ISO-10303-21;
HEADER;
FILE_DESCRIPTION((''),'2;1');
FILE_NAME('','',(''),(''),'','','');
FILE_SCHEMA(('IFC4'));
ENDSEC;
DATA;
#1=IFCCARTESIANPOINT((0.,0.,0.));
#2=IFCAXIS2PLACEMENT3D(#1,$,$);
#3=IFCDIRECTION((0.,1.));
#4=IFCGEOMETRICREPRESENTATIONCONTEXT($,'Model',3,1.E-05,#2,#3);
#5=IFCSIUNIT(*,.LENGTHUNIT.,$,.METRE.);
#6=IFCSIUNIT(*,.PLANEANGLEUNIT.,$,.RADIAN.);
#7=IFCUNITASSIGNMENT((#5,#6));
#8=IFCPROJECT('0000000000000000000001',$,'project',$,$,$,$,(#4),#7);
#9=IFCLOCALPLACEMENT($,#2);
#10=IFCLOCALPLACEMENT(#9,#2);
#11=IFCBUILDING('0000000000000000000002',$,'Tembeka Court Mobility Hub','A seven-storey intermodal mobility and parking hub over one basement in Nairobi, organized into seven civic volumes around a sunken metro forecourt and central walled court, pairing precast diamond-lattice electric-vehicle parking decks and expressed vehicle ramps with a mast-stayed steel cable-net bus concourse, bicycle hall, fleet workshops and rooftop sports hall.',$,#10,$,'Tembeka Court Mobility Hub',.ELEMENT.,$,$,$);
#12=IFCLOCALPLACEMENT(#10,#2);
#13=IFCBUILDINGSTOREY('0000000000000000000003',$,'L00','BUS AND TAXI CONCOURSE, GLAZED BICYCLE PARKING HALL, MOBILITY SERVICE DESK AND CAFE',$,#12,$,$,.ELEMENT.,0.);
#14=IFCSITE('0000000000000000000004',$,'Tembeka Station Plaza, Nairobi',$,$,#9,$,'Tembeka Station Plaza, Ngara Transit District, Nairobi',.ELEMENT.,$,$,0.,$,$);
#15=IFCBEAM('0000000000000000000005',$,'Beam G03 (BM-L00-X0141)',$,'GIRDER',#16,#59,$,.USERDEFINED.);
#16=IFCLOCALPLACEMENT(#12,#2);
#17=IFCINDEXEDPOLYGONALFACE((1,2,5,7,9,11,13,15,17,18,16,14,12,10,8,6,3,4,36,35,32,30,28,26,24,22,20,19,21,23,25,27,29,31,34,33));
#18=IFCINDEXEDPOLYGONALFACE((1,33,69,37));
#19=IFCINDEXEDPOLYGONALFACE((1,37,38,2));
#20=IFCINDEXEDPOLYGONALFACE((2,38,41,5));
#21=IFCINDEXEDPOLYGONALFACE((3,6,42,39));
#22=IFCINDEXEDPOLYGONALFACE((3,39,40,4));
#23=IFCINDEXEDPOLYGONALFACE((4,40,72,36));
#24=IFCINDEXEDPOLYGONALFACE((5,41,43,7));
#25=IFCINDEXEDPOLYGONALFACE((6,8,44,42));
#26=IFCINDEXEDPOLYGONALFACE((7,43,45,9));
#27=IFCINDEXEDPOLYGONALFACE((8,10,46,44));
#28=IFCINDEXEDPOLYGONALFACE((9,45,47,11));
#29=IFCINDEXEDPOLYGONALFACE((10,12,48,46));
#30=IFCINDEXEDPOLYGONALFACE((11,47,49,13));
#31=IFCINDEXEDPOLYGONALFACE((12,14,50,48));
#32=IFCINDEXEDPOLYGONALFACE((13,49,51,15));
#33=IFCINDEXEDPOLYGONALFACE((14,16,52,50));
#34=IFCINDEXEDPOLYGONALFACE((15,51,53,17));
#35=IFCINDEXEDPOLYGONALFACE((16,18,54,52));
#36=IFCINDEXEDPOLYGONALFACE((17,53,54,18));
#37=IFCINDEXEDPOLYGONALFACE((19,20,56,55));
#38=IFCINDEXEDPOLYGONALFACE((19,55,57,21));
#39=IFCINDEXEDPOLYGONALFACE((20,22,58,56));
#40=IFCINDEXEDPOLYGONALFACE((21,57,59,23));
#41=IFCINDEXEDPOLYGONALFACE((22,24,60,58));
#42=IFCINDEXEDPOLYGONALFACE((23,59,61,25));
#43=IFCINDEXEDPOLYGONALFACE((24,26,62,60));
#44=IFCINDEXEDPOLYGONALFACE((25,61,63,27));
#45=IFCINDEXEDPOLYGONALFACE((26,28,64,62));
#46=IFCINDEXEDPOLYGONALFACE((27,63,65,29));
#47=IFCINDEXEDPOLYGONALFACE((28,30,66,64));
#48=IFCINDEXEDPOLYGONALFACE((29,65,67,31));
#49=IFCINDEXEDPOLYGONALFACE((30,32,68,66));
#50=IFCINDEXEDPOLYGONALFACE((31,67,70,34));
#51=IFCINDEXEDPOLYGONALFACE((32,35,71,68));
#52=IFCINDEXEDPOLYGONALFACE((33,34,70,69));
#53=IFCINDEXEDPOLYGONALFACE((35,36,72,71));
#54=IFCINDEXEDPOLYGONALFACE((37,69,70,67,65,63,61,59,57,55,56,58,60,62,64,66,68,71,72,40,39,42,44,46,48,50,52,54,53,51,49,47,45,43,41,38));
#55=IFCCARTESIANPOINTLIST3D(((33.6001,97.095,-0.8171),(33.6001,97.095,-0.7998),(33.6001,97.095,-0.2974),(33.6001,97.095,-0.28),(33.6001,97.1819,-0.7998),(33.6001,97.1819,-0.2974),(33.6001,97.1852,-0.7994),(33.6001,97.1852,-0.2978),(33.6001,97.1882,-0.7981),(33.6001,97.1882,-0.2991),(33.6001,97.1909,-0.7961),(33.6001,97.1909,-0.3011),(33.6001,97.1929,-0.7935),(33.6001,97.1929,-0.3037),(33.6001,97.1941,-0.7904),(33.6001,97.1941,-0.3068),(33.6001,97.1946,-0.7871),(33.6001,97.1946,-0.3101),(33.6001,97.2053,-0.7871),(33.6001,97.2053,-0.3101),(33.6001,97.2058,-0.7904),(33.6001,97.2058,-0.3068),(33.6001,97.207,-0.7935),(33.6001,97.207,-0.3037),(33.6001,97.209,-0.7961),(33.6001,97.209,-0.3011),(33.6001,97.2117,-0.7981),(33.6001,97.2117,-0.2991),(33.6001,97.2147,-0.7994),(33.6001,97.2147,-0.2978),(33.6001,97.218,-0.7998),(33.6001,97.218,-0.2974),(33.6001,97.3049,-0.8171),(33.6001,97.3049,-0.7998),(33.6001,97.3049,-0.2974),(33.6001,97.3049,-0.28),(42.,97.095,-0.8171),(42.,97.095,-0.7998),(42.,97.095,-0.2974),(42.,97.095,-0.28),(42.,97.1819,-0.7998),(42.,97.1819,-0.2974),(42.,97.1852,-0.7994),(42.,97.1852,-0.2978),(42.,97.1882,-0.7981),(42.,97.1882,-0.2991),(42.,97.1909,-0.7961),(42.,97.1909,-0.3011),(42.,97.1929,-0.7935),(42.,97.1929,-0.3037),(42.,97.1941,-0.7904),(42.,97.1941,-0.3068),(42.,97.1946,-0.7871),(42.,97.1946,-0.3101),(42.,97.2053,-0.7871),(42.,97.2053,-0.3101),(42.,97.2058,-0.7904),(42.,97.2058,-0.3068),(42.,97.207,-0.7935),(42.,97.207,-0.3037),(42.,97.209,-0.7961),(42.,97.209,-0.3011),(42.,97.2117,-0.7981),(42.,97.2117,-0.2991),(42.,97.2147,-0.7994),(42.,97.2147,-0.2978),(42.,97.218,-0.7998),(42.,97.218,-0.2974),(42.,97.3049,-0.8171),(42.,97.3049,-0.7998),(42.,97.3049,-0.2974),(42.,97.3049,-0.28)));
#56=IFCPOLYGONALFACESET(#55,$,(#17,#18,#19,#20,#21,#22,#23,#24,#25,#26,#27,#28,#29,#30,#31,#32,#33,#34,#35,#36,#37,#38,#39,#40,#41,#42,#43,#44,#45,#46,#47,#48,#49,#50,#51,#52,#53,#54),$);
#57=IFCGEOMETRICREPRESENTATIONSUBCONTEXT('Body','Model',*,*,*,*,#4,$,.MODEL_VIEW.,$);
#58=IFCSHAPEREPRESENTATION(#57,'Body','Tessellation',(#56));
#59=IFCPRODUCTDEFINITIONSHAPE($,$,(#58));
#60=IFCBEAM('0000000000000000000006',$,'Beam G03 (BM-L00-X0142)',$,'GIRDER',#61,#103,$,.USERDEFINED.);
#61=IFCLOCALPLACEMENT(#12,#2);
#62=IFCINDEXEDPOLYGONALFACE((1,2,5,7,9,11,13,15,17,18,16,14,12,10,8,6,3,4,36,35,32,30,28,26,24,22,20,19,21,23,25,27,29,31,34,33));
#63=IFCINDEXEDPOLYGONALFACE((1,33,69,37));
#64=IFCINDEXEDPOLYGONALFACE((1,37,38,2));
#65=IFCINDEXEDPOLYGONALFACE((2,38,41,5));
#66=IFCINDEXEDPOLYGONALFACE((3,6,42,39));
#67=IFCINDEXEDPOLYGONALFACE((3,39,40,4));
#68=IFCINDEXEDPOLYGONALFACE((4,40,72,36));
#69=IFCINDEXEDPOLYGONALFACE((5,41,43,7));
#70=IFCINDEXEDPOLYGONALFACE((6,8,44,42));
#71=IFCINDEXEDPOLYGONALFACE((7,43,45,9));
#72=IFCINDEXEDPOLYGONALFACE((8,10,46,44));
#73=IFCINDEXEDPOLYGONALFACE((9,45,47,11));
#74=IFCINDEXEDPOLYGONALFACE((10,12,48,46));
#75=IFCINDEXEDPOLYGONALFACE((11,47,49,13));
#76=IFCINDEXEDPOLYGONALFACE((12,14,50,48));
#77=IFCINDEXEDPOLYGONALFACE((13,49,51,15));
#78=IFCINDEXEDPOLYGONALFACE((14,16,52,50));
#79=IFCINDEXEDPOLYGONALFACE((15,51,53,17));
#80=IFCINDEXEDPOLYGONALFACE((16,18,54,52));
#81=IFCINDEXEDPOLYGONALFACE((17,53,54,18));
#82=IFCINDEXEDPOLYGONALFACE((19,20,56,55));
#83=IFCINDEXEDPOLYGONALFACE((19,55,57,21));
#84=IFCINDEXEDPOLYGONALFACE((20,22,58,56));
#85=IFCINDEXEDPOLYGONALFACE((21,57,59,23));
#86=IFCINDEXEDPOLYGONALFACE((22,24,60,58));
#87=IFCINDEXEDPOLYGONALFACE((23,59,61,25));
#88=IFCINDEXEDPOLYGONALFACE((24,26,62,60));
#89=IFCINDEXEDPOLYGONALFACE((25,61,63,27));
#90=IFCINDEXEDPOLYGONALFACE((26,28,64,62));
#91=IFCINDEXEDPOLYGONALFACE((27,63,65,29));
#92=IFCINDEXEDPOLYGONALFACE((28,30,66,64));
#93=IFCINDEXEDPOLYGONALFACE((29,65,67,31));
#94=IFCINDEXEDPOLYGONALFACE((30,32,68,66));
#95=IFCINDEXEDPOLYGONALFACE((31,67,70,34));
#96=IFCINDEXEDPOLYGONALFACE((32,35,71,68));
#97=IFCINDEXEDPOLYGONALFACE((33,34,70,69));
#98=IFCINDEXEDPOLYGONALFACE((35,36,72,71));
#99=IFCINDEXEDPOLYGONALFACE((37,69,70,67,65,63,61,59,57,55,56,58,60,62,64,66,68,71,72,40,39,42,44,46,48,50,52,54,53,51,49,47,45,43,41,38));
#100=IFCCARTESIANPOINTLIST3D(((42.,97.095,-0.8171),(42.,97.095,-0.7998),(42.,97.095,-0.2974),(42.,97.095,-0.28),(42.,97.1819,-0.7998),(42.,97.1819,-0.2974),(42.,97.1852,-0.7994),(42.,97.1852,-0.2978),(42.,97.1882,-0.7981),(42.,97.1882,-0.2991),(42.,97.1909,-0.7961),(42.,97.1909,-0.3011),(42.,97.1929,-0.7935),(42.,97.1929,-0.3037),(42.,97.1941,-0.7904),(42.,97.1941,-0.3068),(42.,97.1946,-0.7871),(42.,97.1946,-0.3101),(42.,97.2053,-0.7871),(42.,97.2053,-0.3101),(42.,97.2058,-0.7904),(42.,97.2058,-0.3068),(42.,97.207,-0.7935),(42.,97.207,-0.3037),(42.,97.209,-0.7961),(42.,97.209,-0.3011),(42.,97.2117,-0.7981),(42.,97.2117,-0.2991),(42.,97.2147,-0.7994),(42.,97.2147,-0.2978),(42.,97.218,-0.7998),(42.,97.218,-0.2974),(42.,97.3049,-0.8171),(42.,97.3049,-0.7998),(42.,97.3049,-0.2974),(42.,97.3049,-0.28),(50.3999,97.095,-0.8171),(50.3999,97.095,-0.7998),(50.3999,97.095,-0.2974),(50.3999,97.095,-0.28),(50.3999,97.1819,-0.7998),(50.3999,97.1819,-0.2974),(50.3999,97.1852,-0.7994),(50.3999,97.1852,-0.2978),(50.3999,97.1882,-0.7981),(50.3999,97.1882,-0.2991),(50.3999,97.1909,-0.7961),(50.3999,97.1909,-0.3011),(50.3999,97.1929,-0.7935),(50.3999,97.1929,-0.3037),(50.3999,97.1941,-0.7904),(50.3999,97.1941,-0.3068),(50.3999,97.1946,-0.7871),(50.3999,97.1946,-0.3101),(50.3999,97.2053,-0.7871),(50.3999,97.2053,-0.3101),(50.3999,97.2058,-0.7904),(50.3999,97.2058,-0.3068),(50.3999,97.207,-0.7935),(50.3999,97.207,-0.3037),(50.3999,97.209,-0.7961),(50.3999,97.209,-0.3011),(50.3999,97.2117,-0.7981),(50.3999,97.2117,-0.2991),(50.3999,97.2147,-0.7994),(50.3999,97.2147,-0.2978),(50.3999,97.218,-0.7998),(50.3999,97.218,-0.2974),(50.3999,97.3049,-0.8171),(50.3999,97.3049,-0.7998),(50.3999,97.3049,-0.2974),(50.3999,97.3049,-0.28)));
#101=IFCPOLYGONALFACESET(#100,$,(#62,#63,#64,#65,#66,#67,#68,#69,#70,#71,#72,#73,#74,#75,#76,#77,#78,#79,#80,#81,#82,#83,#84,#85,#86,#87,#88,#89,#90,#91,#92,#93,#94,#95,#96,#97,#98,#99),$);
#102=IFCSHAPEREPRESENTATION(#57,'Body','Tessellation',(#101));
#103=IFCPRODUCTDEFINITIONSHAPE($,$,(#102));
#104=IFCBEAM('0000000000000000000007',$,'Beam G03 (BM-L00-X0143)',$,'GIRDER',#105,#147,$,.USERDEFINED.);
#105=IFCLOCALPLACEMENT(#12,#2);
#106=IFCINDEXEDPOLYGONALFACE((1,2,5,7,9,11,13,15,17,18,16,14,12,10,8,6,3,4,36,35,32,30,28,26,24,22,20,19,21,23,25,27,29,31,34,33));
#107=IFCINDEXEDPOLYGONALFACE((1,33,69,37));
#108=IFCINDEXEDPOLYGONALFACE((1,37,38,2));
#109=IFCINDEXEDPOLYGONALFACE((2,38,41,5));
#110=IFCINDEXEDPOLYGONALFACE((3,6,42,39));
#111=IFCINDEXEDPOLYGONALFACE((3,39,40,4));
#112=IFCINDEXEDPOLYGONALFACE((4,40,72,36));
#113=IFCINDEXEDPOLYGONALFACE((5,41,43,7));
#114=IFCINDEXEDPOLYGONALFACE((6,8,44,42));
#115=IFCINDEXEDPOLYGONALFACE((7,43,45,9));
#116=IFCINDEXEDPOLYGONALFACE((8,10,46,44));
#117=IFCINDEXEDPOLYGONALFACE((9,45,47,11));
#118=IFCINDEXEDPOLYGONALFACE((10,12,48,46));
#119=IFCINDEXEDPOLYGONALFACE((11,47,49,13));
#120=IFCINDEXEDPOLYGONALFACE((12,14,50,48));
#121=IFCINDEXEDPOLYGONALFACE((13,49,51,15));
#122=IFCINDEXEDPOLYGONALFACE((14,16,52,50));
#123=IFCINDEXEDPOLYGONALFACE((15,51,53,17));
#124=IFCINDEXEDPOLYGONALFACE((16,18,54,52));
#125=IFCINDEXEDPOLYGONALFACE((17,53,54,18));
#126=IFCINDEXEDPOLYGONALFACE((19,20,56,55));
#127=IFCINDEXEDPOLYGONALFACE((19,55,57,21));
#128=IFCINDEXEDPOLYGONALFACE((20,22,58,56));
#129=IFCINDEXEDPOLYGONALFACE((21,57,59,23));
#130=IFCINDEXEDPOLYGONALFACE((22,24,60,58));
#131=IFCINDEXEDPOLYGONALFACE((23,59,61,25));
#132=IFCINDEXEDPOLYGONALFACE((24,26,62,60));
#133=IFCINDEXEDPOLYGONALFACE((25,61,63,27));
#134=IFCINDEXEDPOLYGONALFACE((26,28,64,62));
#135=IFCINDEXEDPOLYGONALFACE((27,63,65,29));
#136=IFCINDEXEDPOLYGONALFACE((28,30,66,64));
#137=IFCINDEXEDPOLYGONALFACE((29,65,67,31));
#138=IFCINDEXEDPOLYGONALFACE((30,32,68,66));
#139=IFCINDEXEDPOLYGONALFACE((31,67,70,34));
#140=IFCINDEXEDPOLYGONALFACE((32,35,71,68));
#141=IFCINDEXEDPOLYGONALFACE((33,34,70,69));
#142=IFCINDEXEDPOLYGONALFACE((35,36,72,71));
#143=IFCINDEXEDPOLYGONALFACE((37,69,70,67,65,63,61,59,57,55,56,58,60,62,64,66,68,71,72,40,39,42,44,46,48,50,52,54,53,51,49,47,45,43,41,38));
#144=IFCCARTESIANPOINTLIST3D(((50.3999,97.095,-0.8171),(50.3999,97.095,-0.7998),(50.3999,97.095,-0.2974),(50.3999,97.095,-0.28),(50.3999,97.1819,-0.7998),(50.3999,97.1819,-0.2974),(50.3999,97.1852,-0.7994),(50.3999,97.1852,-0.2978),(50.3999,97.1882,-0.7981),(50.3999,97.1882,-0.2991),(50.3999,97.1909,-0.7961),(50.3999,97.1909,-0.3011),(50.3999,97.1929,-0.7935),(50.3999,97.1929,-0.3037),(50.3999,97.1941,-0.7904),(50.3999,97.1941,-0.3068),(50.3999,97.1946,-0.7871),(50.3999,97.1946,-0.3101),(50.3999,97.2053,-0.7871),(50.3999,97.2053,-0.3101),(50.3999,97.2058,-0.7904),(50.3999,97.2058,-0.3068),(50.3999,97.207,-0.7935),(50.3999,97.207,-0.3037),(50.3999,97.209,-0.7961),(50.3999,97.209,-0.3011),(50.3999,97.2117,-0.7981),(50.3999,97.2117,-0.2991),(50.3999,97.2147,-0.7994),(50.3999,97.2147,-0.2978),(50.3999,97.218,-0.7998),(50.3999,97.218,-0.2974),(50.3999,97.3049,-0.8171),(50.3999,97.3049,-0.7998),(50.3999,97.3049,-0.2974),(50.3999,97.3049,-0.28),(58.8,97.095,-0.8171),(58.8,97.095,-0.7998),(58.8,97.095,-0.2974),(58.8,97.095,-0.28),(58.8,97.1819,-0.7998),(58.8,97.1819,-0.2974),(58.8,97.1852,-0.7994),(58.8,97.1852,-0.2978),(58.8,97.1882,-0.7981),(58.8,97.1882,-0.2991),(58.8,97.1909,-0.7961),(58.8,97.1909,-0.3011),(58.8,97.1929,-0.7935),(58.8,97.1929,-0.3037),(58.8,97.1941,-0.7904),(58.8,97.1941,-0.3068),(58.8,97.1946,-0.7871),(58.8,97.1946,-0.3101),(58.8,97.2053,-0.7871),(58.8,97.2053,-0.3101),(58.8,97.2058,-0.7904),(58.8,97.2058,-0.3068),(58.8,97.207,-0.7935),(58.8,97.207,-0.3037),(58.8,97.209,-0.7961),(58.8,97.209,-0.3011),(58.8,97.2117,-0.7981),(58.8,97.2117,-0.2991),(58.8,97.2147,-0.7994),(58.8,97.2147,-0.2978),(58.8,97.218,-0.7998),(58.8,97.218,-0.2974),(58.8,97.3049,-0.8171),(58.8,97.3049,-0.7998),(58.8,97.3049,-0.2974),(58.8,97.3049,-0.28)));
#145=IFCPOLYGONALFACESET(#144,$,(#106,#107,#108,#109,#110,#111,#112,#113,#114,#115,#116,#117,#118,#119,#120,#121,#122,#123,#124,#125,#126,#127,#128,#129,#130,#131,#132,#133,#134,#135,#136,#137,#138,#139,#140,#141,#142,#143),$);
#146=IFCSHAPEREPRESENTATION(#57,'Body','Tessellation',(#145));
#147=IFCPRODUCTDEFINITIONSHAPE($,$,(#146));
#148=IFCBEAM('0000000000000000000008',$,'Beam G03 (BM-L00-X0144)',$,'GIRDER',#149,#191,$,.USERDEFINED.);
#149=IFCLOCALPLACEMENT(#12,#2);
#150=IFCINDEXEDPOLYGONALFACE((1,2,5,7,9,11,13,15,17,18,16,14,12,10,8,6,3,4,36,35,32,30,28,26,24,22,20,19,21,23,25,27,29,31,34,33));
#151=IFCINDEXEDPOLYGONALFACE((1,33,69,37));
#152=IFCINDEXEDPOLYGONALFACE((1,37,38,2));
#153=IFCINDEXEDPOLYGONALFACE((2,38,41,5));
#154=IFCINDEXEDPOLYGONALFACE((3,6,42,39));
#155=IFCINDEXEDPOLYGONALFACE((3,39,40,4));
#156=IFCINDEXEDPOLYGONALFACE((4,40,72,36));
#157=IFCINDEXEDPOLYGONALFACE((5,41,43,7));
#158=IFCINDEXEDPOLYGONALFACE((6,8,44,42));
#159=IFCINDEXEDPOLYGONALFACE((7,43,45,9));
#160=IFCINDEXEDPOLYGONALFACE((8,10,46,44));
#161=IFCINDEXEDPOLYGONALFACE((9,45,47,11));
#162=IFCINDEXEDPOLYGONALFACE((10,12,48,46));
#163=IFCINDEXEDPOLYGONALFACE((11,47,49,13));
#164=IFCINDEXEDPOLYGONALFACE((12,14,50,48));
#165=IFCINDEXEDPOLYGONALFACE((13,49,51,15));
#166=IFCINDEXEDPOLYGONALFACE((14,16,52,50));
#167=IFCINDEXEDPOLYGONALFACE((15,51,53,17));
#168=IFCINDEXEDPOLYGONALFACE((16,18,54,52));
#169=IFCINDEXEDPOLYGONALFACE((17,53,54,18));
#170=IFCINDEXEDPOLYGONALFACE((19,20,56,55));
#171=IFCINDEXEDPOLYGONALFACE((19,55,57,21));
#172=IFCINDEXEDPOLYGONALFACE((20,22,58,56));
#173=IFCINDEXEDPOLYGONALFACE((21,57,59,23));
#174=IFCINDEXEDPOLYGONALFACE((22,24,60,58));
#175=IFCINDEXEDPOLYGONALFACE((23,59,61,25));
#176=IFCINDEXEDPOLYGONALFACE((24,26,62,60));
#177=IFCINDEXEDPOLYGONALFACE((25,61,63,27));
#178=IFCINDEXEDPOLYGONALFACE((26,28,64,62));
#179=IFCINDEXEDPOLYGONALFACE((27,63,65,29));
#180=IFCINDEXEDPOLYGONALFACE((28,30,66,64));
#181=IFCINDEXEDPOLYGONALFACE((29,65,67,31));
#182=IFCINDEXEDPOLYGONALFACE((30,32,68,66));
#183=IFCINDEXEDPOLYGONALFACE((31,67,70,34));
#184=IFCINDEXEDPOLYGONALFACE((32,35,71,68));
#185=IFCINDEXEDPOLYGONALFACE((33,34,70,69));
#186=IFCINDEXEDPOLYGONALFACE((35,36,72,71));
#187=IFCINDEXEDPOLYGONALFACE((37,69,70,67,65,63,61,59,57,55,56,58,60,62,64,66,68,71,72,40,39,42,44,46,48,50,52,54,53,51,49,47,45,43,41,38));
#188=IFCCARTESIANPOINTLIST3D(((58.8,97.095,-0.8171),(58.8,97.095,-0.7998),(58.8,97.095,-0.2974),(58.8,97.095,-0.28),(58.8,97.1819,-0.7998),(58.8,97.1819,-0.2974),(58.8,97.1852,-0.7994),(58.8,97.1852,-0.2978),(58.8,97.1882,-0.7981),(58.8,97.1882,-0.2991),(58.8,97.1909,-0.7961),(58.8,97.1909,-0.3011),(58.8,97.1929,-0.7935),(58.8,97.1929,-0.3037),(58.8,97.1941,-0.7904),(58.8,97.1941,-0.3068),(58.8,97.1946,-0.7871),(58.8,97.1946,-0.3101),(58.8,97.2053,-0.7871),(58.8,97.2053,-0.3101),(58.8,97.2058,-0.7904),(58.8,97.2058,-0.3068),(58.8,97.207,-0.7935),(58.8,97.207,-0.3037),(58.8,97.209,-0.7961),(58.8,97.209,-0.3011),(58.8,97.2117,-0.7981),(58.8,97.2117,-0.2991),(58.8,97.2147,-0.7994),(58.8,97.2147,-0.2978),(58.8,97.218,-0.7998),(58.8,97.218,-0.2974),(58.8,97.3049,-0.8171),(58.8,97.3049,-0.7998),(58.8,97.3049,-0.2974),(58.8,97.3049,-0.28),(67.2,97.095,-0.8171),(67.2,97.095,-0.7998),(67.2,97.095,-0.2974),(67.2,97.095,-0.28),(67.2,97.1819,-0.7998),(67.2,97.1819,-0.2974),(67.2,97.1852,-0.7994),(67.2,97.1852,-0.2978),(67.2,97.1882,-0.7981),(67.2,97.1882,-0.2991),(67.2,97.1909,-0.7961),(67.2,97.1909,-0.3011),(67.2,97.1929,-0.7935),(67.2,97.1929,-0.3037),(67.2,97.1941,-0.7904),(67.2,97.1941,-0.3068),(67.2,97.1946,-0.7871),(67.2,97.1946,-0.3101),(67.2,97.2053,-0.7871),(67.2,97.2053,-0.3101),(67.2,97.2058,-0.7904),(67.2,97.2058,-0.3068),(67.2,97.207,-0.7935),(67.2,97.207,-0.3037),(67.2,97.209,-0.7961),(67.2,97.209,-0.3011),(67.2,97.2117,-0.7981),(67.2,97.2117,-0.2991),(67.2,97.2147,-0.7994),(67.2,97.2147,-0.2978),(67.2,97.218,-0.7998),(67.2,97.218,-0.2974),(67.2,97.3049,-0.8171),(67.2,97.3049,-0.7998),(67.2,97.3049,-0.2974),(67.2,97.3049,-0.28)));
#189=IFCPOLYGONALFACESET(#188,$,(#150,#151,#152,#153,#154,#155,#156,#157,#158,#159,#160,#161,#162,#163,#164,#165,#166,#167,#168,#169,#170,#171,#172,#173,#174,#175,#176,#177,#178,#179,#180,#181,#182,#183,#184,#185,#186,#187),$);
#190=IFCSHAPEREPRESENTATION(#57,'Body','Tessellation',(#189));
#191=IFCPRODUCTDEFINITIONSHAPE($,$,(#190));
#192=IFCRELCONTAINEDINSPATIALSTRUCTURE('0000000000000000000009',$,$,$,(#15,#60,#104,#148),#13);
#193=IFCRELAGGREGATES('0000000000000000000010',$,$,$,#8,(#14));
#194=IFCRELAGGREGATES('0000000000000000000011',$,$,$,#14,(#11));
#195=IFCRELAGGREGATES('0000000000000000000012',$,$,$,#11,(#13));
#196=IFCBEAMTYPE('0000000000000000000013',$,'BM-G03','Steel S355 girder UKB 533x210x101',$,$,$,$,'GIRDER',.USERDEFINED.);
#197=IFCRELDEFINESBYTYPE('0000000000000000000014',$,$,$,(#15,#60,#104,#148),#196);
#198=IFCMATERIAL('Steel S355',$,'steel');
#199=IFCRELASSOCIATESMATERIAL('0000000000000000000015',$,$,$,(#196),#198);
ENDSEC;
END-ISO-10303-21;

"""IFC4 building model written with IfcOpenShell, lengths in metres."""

from ifc_helpers import new_model, si_unit, direction, frame, origin, origin_2d, place, context, subcontext, project, spatial, i_section, extrude, material, material_profile, profile_set, type_object, element, save


model = new_model("IFC4")

# Units and contexts
model_context = context("Model", 3, precision=1e-05, world=origin(), true_north=direction((0.0, 1.0)))
body_context = subcontext(model_context, "Body", "Model", "MODEL_VIEW")
ifc_project = project(units=[si_unit("LENGTHUNIT", "METRE"), si_unit("PLANEANGLEUNIT", "RADIAN")], contexts=[model_context])

# Site, building, storey
site_placement = place(None, origin())
site = spatial("IfcSite", under=ifc_project, at=site_placement, Name="Tembeka Station Plaza, Nairobi", LongName="Tembeka Station Plaza, Ngara Transit District, Nairobi", CompositionType="ELEMENT", RefElevation=0.0)
building_placement = place(site_placement, origin())
building = spatial("IfcBuilding", under=site, at=building_placement, Name="Tembeka Court Mobility Hub", Description="A seven-storey intermodal mobility and parking hub over one basement in Nairobi, organized into seven civic volumes around a sunken metro forecourt and central walled court, pairing precast diamond-lattice electric-vehicle parking decks and expressed vehicle ramps with a mast-stayed steel cable-net bus concourse, bicycle hall, fleet workshops and rooftop sports hall.", LongName="Tembeka Court Mobility Hub", CompositionType="ELEMENT")
storey_placement = place(building_placement, origin())
storey = spatial("IfcBuildingStorey", under=building, at=storey_placement, Name="L00", Description="BUS AND TAXI CONCOURSE, GLAZED BICYCLE PARKING HALL, MOBILITY SERVICE DESK AND CAFE", CompositionType="ELEMENT", Elevation=0.0)

# Shared definitions
ifc_material_1 = material(Name="Steel S355", Category="steel")

# Beams
ifc_material_profile_1 = material_profile(ifc_material_1, i_section(OverallWidth=0.21, OverallDepth=0.5371, WebThickness=0.0107, FlangeThickness=0.0173, FilletRadius=0.0127, at=origin_2d()), Name="UKB 533x210x101")
ifc_profile_set_1 = profile_set([ifc_material_profile_1], Name="Steel S355")
beam_type_1 = type_object("IfcBeamType", Name="BM-G03", Description="Steel S355 girder UKB 533x210x101", ElementType="GIRDER", PredefinedType="USERDEFINED", material=ifc_profile_set_1)
for number, where, z_axis, x_axis, name in (
    (1, (33.6001, 97.2, -0.5486), (1.0, 0.0, 0.0), (0.0, 1.0, 0.0), "Beam G03 (BM-L00-X0141)"),
    (2, (42.0, 97.2, -0.5486), (1.0, 0.0, 0.0), (0.0, 1.0, 0.0), "Beam G03 (BM-L00-X0142)"),
):
    element("IfcBeam", number, at=place(storey_placement, frame(where, z_axis=z_axis, x_axis=x_axis)), inside=storey, type_object=beam_type_1, Name=name, ObjectType="GIRDER", PredefinedType="USERDEFINED", context=body_context, shape_type="SweptSolid", body=[
        extrude(i_section(OverallWidth=0.21, OverallDepth=0.5371, WebThickness=0.0107, FlangeThickness=0.0173, FilletRadius=0.0127, at=origin_2d()), origin(), (0.0, 0.0, 1.0), 8.3999),
    ])
beam_1_placement = place(storey_placement, frame((50.3999, 97.2, -0.5486), z_axis=(1.0, 0.0, 0.0), x_axis=(0.0, 1.0, 0.0)))
element("IfcBeam", 3, at=beam_1_placement, inside=storey, type_object=beam_type_1, Name="Beam G03 (BM-L00-X0143)", ObjectType="GIRDER", PredefinedType="USERDEFINED", context=body_context, shape_type="SweptSolid", body=[
    extrude(i_section(OverallWidth=0.21, OverallDepth=0.5371, WebThickness=0.0107, FlangeThickness=0.0173, FilletRadius=0.0127, at=origin_2d()), origin(), (0.0, 0.0, 1.0), 8.4001),
])
for number, where, z_axis, x_axis, name in (
    (4, (58.8, 97.2, -0.5486), (1.0, 0.0, 0.0), (0.0, 1.0, 0.0), "Beam G03 (BM-L00-X0144)"),
):
    element("IfcBeam", number, at=place(storey_placement, frame(where, z_axis=z_axis, x_axis=x_axis)), inside=storey, type_object=beam_type_1, Name=name, ObjectType="GIRDER", PredefinedType="USERDEFINED", context=body_context, shape_type="SweptSolid", body=[
        extrude(i_section(OverallWidth=0.21, OverallDepth=0.5371, WebThickness=0.0107, FlangeThickness=0.0173, FilletRadius=0.0127, at=origin_2d()), origin(), (0.0, 0.0, 1.0), 8.3999),
    ])

save(model, "model.ifc")
